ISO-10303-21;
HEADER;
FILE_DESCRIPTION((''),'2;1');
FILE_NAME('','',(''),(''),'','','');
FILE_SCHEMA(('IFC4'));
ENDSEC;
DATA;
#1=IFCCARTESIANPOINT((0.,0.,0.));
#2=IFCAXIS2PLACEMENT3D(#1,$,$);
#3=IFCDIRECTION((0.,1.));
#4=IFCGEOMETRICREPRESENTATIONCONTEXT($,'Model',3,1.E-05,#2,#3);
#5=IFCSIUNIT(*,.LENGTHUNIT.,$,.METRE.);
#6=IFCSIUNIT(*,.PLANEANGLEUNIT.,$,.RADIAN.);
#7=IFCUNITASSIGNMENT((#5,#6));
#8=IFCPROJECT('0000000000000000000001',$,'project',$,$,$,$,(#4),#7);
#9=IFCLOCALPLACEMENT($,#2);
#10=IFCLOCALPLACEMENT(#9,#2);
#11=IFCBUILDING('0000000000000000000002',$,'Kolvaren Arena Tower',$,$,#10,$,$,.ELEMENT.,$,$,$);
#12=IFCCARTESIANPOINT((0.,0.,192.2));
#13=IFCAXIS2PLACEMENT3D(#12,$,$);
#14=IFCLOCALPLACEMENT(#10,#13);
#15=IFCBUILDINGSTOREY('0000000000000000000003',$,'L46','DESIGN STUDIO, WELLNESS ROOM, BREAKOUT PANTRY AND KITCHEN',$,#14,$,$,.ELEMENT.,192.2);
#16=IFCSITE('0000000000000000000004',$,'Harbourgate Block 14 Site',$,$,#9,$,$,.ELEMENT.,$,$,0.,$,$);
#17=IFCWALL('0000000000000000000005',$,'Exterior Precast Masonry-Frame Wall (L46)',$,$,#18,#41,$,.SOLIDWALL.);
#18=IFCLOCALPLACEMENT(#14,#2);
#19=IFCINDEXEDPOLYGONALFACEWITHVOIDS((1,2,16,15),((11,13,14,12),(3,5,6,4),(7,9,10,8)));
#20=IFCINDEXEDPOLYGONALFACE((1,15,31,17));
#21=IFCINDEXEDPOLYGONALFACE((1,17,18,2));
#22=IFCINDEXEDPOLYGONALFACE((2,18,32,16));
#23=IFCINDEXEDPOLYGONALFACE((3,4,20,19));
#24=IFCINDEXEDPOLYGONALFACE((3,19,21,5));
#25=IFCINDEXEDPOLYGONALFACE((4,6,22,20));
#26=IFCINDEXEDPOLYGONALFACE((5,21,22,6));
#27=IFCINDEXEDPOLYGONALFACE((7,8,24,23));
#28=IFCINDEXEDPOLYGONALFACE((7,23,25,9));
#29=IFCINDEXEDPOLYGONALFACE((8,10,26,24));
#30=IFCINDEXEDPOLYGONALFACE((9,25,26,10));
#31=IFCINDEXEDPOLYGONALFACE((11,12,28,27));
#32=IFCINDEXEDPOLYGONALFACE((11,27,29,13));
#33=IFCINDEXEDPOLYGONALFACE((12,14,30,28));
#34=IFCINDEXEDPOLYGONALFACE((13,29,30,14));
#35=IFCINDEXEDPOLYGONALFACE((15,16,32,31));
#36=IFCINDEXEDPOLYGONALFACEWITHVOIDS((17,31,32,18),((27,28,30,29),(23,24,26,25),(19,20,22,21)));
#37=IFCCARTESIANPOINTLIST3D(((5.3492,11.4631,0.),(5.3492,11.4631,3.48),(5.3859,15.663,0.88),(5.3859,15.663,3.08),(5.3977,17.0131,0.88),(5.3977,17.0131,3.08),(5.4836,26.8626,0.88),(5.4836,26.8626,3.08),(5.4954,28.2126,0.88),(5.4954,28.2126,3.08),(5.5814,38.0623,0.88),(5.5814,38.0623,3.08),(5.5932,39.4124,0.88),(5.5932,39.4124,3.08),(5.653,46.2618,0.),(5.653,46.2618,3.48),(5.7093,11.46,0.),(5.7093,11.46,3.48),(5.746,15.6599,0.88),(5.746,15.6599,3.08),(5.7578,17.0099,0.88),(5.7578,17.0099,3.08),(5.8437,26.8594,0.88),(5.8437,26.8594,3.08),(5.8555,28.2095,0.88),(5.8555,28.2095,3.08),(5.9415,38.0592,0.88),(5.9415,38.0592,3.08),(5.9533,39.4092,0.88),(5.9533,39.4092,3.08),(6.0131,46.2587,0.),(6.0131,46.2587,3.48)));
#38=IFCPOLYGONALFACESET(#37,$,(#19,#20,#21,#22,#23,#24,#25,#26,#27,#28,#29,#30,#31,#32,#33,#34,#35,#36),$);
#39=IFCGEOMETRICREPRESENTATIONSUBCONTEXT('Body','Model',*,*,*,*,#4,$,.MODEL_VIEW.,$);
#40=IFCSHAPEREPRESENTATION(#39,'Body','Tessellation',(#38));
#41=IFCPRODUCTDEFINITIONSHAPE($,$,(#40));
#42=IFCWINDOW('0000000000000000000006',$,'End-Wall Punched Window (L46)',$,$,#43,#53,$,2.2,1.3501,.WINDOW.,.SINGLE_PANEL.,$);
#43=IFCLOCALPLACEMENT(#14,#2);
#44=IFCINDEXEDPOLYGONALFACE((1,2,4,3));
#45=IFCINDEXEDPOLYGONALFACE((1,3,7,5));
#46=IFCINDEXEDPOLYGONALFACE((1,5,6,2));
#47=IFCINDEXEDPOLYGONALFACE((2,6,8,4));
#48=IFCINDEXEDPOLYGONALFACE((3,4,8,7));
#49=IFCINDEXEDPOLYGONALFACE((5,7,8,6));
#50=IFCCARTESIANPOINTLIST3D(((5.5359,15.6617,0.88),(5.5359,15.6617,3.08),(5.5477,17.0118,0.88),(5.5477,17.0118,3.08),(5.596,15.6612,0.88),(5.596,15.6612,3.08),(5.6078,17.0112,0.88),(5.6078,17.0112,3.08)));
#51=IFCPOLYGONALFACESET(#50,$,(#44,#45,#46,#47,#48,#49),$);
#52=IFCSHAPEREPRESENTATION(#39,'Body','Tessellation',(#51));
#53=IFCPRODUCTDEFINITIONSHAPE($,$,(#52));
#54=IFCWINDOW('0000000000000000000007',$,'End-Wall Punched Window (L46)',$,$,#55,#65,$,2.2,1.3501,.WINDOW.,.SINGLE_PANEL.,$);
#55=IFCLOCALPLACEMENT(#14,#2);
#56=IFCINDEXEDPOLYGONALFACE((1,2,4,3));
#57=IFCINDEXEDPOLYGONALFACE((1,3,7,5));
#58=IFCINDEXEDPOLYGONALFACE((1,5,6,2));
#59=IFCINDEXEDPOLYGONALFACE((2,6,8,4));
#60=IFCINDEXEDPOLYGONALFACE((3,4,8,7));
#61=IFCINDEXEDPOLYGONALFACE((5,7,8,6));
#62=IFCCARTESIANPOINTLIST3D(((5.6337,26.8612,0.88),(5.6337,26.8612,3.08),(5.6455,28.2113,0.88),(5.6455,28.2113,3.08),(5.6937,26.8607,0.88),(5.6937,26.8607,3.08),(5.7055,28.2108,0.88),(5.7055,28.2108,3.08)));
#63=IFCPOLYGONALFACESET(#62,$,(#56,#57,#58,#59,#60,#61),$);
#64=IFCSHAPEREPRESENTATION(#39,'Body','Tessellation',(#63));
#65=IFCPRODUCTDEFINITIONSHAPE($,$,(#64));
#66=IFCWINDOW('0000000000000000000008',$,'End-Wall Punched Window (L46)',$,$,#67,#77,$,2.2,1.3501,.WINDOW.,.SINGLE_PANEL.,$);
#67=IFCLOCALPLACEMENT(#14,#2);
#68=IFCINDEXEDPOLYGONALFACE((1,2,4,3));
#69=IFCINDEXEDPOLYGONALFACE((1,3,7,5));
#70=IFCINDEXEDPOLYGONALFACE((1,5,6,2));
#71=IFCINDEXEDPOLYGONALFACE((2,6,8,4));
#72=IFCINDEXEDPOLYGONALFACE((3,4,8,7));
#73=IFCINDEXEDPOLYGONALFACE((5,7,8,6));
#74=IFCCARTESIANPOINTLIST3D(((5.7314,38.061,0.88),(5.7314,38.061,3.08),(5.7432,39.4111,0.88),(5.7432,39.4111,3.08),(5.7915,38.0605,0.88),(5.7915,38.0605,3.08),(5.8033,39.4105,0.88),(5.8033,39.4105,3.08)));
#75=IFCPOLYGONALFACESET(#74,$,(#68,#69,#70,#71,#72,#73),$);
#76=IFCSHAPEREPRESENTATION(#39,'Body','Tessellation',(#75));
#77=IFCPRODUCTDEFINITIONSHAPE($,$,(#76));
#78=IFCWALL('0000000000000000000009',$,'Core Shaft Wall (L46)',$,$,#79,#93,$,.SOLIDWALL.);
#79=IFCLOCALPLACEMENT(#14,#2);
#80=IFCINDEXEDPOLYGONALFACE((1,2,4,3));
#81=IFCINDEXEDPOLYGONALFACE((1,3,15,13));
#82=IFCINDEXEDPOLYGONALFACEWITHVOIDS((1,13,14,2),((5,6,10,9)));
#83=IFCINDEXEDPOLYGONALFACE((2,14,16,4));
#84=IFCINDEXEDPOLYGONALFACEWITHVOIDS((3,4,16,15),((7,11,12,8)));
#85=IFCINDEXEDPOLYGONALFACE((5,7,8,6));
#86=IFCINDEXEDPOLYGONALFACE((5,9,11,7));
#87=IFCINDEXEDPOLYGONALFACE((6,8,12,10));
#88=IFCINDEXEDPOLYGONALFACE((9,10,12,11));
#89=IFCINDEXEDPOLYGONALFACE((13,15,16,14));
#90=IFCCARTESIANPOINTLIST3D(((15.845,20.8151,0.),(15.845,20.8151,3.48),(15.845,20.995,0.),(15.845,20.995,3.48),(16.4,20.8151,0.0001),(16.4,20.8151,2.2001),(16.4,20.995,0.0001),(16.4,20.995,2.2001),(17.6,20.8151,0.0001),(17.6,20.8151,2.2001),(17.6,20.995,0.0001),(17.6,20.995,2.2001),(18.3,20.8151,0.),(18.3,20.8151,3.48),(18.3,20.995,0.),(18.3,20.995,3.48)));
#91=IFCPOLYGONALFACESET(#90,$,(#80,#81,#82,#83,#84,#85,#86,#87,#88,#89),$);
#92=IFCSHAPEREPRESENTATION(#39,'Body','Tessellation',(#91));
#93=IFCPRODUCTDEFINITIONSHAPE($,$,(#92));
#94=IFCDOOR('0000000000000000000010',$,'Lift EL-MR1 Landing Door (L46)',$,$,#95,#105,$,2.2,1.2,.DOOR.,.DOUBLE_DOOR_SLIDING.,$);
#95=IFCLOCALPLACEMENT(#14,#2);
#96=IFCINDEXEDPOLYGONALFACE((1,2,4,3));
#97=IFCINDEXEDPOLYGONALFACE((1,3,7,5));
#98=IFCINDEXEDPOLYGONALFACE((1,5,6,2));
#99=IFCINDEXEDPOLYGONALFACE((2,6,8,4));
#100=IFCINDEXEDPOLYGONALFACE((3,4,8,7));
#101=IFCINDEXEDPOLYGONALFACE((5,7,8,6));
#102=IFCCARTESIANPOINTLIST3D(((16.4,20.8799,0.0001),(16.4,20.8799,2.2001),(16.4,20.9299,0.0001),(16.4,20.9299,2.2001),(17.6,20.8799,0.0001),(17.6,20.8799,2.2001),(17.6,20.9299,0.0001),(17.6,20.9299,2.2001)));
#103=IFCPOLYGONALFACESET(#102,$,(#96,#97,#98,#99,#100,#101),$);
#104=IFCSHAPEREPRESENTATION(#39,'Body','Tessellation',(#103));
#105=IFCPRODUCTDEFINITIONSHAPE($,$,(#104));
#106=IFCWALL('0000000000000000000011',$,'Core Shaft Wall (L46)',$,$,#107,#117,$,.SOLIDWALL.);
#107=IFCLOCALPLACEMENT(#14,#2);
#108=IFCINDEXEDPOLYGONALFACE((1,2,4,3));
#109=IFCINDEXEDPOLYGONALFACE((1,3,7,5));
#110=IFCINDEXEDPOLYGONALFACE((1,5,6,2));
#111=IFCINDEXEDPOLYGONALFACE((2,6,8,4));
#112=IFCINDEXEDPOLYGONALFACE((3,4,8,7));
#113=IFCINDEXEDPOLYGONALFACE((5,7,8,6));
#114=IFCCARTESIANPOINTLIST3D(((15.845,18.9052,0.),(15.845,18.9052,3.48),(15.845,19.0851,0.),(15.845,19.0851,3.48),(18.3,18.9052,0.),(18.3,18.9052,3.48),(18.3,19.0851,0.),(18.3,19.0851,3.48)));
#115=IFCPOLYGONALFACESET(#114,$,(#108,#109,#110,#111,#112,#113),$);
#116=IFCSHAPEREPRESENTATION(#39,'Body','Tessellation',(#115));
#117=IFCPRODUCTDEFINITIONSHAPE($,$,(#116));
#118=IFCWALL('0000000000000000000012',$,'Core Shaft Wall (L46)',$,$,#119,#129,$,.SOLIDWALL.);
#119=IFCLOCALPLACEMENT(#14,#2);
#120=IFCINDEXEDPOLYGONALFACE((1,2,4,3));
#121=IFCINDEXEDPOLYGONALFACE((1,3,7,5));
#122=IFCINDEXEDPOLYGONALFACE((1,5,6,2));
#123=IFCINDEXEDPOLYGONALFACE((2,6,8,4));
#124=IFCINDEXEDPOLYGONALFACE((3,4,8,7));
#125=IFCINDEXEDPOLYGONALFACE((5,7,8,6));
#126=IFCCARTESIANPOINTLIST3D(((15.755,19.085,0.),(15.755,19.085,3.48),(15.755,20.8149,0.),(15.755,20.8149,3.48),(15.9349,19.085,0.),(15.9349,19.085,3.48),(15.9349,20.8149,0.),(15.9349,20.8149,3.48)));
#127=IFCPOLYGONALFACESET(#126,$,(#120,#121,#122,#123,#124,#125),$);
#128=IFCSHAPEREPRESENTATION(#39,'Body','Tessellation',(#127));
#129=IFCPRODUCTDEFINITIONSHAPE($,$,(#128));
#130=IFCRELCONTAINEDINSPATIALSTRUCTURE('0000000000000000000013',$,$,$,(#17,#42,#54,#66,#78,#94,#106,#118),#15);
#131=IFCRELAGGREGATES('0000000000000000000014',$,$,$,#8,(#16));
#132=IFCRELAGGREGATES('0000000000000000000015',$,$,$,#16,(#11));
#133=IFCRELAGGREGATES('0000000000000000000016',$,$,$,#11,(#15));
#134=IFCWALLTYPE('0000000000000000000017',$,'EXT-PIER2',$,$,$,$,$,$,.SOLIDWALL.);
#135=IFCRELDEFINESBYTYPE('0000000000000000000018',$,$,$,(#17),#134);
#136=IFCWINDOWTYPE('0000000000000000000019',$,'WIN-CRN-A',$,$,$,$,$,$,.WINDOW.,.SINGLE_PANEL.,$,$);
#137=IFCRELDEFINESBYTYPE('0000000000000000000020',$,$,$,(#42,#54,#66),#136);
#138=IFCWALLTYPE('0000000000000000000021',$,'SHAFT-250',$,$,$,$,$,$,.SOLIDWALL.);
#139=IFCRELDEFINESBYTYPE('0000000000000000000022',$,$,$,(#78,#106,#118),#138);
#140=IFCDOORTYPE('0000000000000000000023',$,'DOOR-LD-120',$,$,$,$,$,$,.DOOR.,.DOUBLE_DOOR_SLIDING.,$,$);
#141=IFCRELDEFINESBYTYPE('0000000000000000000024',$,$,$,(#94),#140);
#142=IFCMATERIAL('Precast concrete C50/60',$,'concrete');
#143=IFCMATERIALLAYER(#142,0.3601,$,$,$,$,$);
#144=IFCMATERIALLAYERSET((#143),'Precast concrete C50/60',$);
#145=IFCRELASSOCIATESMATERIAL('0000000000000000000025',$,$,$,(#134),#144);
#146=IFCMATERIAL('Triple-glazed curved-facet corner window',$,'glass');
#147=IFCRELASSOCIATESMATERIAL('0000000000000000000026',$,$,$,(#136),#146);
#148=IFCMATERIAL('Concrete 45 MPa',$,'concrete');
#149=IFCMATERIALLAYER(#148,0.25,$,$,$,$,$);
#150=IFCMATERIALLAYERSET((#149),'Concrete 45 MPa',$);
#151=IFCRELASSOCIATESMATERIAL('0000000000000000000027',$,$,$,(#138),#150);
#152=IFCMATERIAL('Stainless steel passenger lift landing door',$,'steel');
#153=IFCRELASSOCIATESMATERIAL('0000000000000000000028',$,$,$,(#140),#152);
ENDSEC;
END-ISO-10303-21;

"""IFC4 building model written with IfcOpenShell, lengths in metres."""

from ifc_helpers import new_model, si_unit, direction, frame, frame_2d, origin, place, context, subcontext, project, spatial, rectangle, extrude, material, layer, layer_set, type_object, element, fill, save


model = new_model("IFC4")

# Units and contexts
model_context = context("Model", 3, precision=1e-05, world=origin(), true_north=direction((0.0, 1.0)))
body_context = subcontext(model_context, "Body", "Model", "MODEL_VIEW")
ifc_project = project(units=[si_unit("LENGTHUNIT", "METRE"), si_unit("PLANEANGLEUNIT", "RADIAN")], contexts=[model_context])

# Site, building, storey
site_placement = place(None, origin())
site = spatial("IfcSite", under=ifc_project, at=site_placement, Name="Harbourgate Block 14 Site", CompositionType="ELEMENT", RefElevation=0.0)
building_placement = place(site_placement, origin())
building = spatial("IfcBuilding", under=site, at=building_placement, Name="Kolvaren Arena Tower", CompositionType="ELEMENT")
storey_placement = place(building_placement, frame((0.0, 0.0, 192.2)))
storey = spatial("IfcBuildingStorey", under=building, at=storey_placement, Name="L46", Description="DESIGN STUDIO, WELLNESS ROOM, BREAKOUT PANTRY AND KITCHEN", CompositionType="ELEMENT", Elevation=192.2)

# Wall, openings, windows
ifc_material_1 = material(Name="Precast concrete C50/60", Category="concrete")
ifc_layer_1 = layer(ifc_material_1, 0.3601)
ifc_layer_set_1 = layer_set([ifc_layer_1], Name="Precast concrete C50/60")
wall_type_1 = type_object("IfcWallType", Name="EXT-PIER2", PredefinedType="SOLIDWALL", material=ifc_layer_set_1)
wall_1_placement = place(storey_placement, frame((5.5293, 11.4617, 0.0), z_axis=(0.0, 0.0, 1.0), x_axis=(0.008727, 0.999962, 0.0)))
wall_1 = element("IfcWall", 1, at=wall_1_placement, inside=storey, type_object=wall_type_1, Name="Exterior Precast Masonry-Frame Wall (L46)", PredefinedType="SOLIDWALL", context=body_context, shape_type="SweptSolid", body=[
    extrude(rectangle(XDim=34.8, YDim=0.3601, at=frame_2d((17.3999, 0.0))), origin(), (0.0, 0.0, 1.0), 3.48),
])
opening_1_placement = place(wall_1_placement, frame((4.2, 0.0, 0.8799)))
opening_1 = element("IfcOpeningElement", 2, at=opening_1_placement, cuts=wall_1, PredefinedType="OPENING", context=body_context, shape_type="SweptSolid", body=[
    extrude(rectangle(XDim=1.3501, YDim=2.2, at=frame_2d((0.675, 1.1001))), frame((0.0, 0.1899, 0.0), z_axis=(0.0, -1.0, 0.0), x_axis=(1.0, 0.0, 0.0)), (0.0, 0.0, 1.0), 0.3801),
])
opening_2_placement = place(wall_1_placement, frame((15.3999, 0.0, 0.8799)))
opening_2 = element("IfcOpeningElement", 3, at=opening_2_placement, cuts=wall_1, PredefinedType="OPENING", context=body_context, shape_type="SweptSolid", body=[
    extrude(rectangle(XDim=1.3501, YDim=2.2, at=frame_2d((0.675, 1.1001))), frame((0.0, 0.1899, 0.0), z_axis=(0.0, -1.0, 0.0), x_axis=(1.0, 0.0, 0.0)), (0.0, 0.0, 1.0), 0.3801),
])
opening_3_placement = place(wall_1_placement, frame((26.6001, 0.0, 0.8799)))
opening_3 = element("IfcOpeningElement", 4, at=opening_3_placement, cuts=wall_1, PredefinedType="OPENING", context=body_context, shape_type="SweptSolid", body=[
    extrude(rectangle(XDim=1.3501, YDim=2.2, at=frame_2d((0.675, 1.1001))), frame((0.0, 0.1899, 0.0), z_axis=(0.0, -1.0, 0.0), x_axis=(1.0, 0.0, 0.0)), (0.0, 0.0, 1.0), 0.3801),
])
ifc_material_2 = material(Name="Triple-glazed curved-facet corner window", Category="glass")
window_type = type_object("IfcWindowType", Name="WIN-CRN-A", PartitioningType="SINGLE_PANEL", PredefinedType="WINDOW", material=ifc_material_2)
window_1_placement = place(opening_1_placement, origin())
window_1 = element("IfcWindow", 5, at=window_1_placement, inside=storey, type_object=window_type, Name="End-Wall Punched Window (L46)", OverallHeight=2.2, OverallWidth=1.3501, PartitioningType="SINGLE_PANEL", PredefinedType="WINDOW", context=body_context, shape_type="SweptSolid", body=[
    extrude(rectangle(XDim=1.3501, YDim=2.2, at=frame_2d((0.675, 1.1001))), frame((0.0, 0.03, 0.0), z_axis=(0.0, -1.0, 0.0), x_axis=(1.0, 0.0, 0.0)), (0.0, 0.0, 1.0), 0.0601),
])
fill(opening_1, window_1)
window_2_placement = place(opening_2_placement, origin())
window_2 = element("IfcWindow", 6, at=window_2_placement, inside=storey, type_object=window_type, Name="End-Wall Punched Window (L46)", OverallHeight=2.2, OverallWidth=1.3501, PartitioningType="SINGLE_PANEL", PredefinedType="WINDOW", context=body_context, shape_type="SweptSolid", body=[
    extrude(rectangle(XDim=1.3501, YDim=2.2, at=frame_2d((0.675, 1.1001))), frame((0.0, 0.03, 0.0), z_axis=(0.0, -1.0, 0.0), x_axis=(1.0, 0.0, 0.0)), (0.0, 0.0, 1.0), 0.0601),
])
fill(opening_2, window_2)
window_3_placement = place(opening_3_placement, origin())
window_3 = element("IfcWindow", 7, at=window_3_placement, inside=storey, type_object=window_type, Name="End-Wall Punched Window (L46)", OverallHeight=2.2, OverallWidth=1.3501, PartitioningType="SINGLE_PANEL", PredefinedType="WINDOW", context=body_context, shape_type="SweptSolid", body=[
    extrude(rectangle(XDim=1.3501, YDim=2.2, at=frame_2d((0.675, 1.1001))), frame((0.0, 0.03, 0.0), z_axis=(0.0, -1.0, 0.0), x_axis=(1.0, 0.0, 0.0)), (0.0, 0.0, 1.0), 0.0601),
])
fill(opening_3, window_3)

# Wall, opening, door
ifc_material_3 = material(Name="Concrete 45 MPa", Category="concrete")
ifc_layer_2 = layer(ifc_material_3, 0.25)
ifc_layer_set_2 = layer_set([ifc_layer_2], Name="Concrete 45 MPa")
wall_type_2 = type_object("IfcWallType", Name="SHAFT-250", PredefinedType="SOLIDWALL", material=ifc_layer_set_2)
wall_2_placement = place(storey_placement, frame((15.845, 20.905, 0.0), z_axis=(0.0, 0.0, 1.0), x_axis=(1.0, 0.0, 0.0)))
wall_2 = element("IfcWall", 8, at=wall_2_placement, inside=storey, type_object=wall_type_2, Name="Core Shaft Wall (L46)", PredefinedType="SOLIDWALL", context=body_context, shape_type="SweptSolid", body=[
    extrude(rectangle(XDim=2.4551, YDim=0.1799, at=frame_2d((1.2275, 0.0))), origin(), (0.0, 0.0, 1.0), 3.48),
])
opening_4_placement = place(wall_2_placement, frame((0.5549, 0.0, 0.0)))
opening_4 = element("IfcOpeningElement", 9, at=opening_4_placement, cuts=wall_2, PredefinedType="OPENING", context=body_context, shape_type="SweptSolid", body=[
    extrude(rectangle(XDim=1.2, YDim=2.2, at=frame_2d((0.6001, 1.1001))), frame((0.0, 0.0999, 0.0), z_axis=(0.0, -1.0, 0.0), x_axis=(1.0, 0.0, 0.0)), (0.0, 0.0, 1.0), 0.2),
])
ifc_material_4 = material(Name="Stainless steel passenger lift landing door", Category="steel")
door_type_1 = type_object("IfcDoorType", Name="DOOR-LD-120", OperationType="DOUBLE_DOOR_SLIDING", PredefinedType="DOOR", material=ifc_material_4)
door_1_placement = place(opening_4_placement, origin())
door_1 = element("IfcDoor", 10, at=door_1_placement, inside=storey, type_object=door_type_1, Name="Lift EL-MR1 Landing Door (L46)", OperationType="DOUBLE_DOOR_SLIDING", OverallHeight=2.2, OverallWidth=1.2, PredefinedType="DOOR", context=body_context, shape_type="SweptSolid", body=[
    extrude(rectangle(XDim=1.2, YDim=2.2, at=frame_2d((0.6001, 1.1001))), frame((0.0, 0.0249, 0.0), z_axis=(0.0, -1.0, 0.0), x_axis=(1.0, 0.0, 0.0)), (0.0, 0.0, 1.0), 0.05),
])
fill(opening_4, door_1)

# Walls
wall_3_placement = place(storey_placement, frame((15.845, 18.9951, 0.0), z_axis=(0.0, 0.0, 1.0), x_axis=(1.0, 0.0, 0.0)))
element("IfcWall", 11, at=wall_3_placement, inside=storey, type_object=wall_type_2, Name="Core Shaft Wall (L46)", PredefinedType="SOLIDWALL", context=body_context, shape_type="SweptSolid", body=[
    extrude(rectangle(XDim=2.4551, YDim=0.1799, at=frame_2d((1.2275, 0.0))), origin(), (0.0, 0.0, 1.0), 3.48),
])
wall_4_placement = place(storey_placement, frame((15.845, 19.085, 0.0), z_axis=(0.0, 0.0, 1.0), x_axis=(0.0, 1.0, 0.0)))
element("IfcWall", 12, at=wall_4_placement, inside=storey, type_object=wall_type_2, Name="Core Shaft Wall (L46)", PredefinedType="SOLIDWALL", context=body_context, shape_type="SweptSolid", body=[
    extrude(rectangle(XDim=1.73, YDim=0.1799, at=frame_2d((0.865, 0.0))), origin(), (0.0, 0.0, 1.0), 3.48),
])

save(model, "model.ifc")
